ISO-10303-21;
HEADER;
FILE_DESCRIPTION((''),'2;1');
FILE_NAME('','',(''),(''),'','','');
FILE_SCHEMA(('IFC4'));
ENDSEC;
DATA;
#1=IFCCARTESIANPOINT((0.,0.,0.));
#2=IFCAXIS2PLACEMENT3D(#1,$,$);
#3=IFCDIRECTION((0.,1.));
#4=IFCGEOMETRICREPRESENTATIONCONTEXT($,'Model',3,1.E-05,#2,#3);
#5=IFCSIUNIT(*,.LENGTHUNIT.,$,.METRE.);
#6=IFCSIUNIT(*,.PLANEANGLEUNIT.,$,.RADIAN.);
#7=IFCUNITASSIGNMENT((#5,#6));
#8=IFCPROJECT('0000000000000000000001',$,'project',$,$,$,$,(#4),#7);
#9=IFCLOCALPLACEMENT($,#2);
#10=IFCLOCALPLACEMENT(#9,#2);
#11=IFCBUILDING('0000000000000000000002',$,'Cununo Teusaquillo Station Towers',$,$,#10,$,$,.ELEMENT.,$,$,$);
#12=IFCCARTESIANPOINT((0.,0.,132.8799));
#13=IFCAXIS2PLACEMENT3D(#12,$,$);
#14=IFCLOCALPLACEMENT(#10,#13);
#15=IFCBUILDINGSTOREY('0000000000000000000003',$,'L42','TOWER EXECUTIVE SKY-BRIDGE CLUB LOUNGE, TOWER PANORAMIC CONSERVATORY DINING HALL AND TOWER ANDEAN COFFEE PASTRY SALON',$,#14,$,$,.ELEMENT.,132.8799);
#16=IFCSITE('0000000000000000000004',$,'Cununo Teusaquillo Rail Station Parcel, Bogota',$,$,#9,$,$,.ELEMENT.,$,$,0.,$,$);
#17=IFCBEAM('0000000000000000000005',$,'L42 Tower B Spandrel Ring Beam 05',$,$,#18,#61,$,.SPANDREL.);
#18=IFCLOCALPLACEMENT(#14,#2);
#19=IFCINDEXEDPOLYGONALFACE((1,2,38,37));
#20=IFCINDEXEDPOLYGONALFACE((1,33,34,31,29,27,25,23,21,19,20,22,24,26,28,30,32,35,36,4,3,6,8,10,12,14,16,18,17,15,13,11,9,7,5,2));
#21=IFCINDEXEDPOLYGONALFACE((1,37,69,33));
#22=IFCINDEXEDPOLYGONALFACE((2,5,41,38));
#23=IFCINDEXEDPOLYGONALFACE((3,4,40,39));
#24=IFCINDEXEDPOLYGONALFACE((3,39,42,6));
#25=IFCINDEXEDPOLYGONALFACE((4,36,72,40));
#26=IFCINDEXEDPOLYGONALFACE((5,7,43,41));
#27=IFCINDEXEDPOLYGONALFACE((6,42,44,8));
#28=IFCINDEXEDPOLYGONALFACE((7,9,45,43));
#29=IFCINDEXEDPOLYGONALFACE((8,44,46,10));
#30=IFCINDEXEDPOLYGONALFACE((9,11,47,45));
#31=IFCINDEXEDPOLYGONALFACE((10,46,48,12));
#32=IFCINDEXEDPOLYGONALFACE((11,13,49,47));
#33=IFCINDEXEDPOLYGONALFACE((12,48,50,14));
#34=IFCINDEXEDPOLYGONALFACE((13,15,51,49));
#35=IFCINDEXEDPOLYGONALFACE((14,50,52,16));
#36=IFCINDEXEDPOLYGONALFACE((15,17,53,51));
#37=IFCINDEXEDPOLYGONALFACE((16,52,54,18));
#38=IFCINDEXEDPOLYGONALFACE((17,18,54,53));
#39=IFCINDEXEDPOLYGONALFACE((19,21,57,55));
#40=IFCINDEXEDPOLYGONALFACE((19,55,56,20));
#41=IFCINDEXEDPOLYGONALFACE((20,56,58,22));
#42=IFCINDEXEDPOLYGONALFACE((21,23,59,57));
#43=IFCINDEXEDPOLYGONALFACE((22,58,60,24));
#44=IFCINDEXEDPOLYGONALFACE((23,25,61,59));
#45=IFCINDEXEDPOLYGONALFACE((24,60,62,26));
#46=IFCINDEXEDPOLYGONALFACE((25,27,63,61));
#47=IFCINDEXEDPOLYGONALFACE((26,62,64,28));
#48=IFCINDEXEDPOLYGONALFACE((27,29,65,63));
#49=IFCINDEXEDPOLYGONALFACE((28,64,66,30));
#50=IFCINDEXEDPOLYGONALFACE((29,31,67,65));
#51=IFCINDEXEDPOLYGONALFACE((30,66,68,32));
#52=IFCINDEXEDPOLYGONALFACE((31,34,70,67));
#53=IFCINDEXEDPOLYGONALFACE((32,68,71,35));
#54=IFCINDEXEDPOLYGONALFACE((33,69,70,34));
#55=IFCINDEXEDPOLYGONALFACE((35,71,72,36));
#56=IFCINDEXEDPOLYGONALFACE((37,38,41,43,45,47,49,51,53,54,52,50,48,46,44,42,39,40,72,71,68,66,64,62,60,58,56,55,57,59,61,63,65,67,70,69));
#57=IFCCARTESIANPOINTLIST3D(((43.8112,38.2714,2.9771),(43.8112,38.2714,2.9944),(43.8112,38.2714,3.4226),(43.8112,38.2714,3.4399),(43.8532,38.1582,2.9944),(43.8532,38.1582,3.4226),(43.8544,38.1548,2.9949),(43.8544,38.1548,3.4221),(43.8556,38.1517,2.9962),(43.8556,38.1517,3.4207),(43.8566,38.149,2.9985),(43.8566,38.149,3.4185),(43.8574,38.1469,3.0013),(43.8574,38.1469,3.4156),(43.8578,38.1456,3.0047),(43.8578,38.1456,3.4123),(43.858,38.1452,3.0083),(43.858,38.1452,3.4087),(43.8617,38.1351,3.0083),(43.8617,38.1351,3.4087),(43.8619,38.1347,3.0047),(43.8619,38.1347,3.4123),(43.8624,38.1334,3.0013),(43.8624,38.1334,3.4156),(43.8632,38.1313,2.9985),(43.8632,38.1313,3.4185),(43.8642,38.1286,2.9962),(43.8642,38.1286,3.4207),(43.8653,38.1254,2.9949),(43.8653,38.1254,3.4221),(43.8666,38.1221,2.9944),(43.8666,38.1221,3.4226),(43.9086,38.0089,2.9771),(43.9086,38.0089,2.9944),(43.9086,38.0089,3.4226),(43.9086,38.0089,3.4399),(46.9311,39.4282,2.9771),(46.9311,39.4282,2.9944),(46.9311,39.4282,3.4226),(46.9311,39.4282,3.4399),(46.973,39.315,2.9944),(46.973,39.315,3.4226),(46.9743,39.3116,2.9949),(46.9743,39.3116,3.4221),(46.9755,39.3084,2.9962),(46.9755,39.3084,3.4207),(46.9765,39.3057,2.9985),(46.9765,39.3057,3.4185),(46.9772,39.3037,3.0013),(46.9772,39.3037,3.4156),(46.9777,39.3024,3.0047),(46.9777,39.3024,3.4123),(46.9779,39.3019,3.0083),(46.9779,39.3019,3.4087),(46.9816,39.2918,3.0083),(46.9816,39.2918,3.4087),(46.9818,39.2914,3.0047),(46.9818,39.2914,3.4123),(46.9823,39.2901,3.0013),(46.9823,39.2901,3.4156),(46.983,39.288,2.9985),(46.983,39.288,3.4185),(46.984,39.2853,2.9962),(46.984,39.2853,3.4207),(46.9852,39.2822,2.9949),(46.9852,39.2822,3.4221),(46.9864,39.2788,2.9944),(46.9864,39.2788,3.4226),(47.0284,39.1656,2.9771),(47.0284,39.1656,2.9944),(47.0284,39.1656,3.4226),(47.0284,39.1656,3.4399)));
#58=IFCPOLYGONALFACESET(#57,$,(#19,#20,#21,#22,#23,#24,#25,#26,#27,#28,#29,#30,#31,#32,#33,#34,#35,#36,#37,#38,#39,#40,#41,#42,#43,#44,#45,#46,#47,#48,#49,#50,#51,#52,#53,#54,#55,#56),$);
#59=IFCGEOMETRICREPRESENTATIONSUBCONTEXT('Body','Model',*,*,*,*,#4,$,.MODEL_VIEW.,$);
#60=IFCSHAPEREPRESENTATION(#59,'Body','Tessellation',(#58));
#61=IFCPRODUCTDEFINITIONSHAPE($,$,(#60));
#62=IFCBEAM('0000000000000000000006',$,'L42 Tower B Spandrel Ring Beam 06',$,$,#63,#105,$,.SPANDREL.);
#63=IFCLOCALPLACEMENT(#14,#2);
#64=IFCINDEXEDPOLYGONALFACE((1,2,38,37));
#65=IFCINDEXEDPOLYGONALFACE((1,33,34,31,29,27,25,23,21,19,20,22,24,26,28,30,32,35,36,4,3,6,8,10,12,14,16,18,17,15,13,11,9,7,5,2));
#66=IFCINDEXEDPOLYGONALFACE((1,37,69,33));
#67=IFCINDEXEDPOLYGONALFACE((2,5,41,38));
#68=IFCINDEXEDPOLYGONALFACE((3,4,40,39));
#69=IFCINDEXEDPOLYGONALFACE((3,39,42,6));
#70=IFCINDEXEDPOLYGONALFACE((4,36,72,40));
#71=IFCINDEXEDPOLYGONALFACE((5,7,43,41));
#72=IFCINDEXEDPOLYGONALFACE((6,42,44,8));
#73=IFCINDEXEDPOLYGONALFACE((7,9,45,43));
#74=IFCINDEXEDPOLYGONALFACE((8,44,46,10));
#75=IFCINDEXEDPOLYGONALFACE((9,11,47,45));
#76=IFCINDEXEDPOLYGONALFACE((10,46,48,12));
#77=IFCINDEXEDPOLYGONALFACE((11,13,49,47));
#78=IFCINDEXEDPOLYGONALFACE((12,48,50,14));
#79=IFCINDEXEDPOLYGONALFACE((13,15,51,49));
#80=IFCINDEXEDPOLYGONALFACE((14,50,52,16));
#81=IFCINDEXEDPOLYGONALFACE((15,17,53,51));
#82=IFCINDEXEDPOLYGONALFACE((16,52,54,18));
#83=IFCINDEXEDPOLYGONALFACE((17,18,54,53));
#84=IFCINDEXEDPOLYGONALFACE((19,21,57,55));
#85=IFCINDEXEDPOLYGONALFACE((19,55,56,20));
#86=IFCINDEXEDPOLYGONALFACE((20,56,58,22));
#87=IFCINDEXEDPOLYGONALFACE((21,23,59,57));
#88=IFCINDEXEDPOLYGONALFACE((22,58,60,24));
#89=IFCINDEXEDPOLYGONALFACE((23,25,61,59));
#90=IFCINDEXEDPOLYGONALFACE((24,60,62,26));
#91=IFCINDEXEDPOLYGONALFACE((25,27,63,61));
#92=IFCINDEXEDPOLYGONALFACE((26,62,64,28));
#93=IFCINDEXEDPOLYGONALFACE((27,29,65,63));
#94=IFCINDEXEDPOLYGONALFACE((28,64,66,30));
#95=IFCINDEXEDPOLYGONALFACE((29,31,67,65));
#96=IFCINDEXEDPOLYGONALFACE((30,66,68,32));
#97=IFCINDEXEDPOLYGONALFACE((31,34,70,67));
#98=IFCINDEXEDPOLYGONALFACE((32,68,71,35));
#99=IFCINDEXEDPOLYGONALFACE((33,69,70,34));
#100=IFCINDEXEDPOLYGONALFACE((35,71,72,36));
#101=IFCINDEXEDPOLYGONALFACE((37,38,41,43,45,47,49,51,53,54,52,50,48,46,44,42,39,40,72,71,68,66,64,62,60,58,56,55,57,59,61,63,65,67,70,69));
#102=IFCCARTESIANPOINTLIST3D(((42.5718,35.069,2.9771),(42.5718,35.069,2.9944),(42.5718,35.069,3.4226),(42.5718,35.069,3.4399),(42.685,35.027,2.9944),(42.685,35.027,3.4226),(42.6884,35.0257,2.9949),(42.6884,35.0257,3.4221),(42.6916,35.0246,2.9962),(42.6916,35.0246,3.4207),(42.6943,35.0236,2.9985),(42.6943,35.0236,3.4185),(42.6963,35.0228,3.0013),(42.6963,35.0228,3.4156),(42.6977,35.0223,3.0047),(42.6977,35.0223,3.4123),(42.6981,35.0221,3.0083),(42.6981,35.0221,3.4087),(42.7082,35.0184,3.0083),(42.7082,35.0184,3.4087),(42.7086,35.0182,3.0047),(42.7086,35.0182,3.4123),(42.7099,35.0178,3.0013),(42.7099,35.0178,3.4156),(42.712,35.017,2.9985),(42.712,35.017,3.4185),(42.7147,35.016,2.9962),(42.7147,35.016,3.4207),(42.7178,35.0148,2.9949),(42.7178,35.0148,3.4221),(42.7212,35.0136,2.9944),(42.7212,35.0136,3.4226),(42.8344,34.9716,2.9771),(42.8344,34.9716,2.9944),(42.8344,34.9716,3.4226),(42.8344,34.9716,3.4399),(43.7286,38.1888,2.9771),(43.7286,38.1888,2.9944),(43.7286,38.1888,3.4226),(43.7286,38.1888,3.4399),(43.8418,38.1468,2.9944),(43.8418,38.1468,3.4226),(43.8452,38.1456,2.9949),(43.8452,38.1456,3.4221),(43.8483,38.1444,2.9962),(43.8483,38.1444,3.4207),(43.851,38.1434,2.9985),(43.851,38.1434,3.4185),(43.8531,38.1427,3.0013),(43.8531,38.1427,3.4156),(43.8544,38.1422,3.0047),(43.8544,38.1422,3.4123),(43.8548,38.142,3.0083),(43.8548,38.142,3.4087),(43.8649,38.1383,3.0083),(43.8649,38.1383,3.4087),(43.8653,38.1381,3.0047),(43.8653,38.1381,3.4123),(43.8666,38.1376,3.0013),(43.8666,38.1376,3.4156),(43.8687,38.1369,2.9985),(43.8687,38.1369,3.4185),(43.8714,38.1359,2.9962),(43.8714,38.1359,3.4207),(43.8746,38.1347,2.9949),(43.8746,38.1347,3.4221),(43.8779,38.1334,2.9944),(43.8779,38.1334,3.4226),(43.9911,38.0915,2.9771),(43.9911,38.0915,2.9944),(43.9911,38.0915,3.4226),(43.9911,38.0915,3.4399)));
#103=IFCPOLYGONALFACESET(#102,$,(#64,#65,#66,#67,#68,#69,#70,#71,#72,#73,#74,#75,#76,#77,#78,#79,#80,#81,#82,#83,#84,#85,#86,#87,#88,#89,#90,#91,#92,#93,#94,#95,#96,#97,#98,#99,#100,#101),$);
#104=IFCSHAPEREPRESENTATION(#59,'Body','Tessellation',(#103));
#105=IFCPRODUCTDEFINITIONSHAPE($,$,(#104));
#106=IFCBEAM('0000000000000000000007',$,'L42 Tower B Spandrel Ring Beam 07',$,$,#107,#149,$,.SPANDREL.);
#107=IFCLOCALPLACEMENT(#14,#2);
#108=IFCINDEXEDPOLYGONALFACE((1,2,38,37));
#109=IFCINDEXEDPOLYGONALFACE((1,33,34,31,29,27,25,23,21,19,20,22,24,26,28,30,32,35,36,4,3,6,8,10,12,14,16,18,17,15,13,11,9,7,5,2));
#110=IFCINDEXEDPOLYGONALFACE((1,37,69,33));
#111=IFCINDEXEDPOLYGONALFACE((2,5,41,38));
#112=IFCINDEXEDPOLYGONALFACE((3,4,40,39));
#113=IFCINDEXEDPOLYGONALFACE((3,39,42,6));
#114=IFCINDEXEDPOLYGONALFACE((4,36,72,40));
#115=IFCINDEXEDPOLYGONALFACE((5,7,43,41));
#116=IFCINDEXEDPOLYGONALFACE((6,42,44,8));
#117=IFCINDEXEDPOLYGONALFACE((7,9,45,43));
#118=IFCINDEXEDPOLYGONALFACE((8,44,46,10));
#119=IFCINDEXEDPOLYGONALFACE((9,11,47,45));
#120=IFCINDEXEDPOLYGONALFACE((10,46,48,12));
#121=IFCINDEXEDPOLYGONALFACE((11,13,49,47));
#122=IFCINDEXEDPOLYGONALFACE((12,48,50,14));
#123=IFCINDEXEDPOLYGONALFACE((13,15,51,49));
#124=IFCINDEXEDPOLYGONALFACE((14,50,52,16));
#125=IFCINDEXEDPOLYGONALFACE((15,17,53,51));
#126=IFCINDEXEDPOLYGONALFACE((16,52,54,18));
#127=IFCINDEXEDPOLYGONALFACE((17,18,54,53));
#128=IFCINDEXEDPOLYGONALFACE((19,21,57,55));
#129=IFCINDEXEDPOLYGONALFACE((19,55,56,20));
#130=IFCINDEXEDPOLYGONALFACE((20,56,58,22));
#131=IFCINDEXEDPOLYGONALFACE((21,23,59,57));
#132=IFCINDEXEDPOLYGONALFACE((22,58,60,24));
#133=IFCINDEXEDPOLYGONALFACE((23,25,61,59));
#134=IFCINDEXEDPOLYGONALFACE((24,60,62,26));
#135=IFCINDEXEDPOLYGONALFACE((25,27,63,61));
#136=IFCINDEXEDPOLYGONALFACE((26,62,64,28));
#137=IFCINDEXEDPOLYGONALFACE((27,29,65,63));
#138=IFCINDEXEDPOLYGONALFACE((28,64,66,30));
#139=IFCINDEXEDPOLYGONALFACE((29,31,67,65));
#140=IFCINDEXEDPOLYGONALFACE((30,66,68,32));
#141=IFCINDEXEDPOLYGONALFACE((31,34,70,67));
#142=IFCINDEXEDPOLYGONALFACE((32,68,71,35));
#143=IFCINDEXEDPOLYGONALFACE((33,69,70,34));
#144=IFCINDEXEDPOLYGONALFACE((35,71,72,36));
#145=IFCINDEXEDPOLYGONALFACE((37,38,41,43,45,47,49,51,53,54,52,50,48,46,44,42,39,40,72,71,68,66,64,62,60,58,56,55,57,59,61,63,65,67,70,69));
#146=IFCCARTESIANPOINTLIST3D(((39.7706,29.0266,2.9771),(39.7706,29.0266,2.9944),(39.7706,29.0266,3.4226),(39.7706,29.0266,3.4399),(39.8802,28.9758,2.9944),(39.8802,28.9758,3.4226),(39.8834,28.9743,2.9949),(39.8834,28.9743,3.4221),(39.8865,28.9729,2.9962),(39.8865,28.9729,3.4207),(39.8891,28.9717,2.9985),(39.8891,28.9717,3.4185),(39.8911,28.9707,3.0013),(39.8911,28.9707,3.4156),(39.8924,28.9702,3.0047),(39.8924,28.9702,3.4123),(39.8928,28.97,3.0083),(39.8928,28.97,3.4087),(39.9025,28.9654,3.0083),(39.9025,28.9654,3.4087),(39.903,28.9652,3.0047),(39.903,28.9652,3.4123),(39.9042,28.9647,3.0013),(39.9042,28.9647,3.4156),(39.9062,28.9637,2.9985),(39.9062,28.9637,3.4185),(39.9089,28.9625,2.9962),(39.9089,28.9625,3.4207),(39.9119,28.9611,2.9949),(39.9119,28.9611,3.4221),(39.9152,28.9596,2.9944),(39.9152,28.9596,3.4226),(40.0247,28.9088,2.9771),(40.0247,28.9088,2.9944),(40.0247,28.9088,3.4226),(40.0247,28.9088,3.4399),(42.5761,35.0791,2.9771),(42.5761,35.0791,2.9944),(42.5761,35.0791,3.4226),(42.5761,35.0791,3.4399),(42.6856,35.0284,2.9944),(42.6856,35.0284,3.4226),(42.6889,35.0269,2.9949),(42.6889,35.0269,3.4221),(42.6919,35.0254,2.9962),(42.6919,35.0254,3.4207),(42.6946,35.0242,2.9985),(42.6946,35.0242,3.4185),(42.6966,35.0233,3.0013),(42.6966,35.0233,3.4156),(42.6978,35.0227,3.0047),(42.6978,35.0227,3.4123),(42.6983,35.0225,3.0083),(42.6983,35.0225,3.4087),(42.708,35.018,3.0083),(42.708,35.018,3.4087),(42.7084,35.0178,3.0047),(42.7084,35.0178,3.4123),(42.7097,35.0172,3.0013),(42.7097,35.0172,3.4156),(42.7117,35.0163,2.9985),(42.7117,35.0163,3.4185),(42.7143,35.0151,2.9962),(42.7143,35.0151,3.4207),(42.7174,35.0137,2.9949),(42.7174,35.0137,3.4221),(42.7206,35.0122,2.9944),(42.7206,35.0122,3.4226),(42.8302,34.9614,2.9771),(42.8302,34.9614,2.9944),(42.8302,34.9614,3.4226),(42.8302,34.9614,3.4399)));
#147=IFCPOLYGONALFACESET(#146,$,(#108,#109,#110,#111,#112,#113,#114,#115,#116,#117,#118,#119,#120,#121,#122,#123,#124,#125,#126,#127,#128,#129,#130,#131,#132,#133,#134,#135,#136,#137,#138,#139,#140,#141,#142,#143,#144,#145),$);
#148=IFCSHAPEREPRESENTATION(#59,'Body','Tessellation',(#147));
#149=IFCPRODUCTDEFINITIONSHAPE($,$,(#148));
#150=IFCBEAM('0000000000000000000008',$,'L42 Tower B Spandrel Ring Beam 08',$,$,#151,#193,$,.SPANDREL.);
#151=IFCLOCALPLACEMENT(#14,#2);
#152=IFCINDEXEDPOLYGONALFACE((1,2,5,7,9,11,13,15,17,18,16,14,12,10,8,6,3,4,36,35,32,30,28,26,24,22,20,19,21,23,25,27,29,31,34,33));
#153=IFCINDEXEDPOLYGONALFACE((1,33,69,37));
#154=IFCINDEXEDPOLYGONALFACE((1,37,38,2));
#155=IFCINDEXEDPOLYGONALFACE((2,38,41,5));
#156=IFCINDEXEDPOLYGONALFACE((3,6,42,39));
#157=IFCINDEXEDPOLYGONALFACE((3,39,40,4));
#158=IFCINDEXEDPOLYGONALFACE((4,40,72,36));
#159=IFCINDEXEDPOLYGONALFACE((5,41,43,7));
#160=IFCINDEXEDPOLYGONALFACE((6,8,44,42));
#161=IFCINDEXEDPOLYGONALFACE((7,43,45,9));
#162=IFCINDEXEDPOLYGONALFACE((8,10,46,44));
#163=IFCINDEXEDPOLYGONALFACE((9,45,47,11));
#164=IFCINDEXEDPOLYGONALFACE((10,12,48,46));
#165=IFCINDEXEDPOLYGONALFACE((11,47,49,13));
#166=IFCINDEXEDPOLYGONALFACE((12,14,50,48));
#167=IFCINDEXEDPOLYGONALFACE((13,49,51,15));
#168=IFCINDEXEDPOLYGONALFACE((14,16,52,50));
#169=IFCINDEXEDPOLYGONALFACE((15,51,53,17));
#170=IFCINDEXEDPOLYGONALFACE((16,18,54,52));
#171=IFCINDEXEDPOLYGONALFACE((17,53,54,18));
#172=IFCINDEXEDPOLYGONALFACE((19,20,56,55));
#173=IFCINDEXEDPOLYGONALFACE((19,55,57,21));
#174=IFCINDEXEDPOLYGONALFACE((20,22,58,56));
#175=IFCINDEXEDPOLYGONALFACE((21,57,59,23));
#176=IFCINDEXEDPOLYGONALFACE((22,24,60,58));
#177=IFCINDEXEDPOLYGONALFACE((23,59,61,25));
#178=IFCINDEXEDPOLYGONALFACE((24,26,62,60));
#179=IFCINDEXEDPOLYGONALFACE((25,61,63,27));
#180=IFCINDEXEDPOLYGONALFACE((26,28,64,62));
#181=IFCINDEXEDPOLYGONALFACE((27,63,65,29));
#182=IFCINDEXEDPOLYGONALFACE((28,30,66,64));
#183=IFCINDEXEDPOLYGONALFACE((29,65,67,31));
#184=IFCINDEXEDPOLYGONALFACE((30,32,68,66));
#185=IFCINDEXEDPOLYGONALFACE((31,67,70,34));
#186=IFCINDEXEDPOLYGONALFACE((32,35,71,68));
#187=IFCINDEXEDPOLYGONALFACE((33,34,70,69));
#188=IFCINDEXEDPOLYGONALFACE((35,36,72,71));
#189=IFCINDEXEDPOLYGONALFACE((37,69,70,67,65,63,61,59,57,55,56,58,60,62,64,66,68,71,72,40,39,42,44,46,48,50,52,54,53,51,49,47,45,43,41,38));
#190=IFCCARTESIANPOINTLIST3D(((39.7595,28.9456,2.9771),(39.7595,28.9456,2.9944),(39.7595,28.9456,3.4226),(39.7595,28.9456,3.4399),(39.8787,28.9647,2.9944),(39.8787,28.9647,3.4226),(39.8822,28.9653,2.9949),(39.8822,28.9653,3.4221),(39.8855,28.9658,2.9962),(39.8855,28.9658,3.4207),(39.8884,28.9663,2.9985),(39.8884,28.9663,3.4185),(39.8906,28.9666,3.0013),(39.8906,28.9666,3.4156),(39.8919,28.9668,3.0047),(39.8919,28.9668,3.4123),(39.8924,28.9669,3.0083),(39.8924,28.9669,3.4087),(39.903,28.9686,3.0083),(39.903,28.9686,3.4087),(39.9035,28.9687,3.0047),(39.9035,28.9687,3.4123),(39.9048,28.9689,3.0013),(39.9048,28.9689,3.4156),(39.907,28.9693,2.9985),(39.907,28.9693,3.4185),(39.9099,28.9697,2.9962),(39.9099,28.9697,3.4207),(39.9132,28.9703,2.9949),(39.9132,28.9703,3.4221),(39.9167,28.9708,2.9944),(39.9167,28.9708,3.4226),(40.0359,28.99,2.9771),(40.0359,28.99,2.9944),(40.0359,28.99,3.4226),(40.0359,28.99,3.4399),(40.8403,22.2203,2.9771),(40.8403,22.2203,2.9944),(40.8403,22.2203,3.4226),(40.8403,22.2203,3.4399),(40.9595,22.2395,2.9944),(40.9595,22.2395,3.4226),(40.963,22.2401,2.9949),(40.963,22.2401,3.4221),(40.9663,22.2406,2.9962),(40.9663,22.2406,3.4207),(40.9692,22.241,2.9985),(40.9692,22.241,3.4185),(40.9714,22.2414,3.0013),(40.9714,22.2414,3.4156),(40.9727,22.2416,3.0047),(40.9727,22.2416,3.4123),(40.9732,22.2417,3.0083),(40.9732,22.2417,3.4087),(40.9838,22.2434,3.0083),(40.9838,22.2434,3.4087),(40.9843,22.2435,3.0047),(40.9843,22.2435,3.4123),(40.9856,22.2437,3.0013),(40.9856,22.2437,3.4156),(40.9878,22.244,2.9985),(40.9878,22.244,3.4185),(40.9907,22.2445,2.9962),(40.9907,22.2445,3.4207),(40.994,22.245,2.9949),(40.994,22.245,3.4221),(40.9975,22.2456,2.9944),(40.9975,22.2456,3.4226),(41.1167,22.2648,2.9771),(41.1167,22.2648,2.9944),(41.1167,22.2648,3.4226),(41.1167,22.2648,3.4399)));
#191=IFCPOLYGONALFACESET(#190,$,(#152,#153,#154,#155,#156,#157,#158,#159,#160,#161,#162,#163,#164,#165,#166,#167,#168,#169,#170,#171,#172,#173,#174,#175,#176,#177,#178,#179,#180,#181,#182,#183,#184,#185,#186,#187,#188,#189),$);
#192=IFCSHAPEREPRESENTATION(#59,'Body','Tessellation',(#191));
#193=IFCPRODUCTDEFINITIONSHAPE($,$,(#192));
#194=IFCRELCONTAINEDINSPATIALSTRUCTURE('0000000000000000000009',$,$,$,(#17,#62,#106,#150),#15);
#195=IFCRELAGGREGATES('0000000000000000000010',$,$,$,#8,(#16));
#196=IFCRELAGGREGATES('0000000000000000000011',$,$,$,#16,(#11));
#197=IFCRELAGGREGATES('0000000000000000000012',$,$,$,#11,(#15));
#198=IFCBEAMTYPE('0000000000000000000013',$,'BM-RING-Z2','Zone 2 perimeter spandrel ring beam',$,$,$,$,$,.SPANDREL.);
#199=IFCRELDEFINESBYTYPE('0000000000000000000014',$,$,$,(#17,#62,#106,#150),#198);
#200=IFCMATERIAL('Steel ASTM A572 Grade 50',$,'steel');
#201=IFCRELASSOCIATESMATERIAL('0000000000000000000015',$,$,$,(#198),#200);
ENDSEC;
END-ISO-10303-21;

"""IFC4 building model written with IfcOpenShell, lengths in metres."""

from ifc_helpers import new_model, si_unit, direction, frame, origin, origin_2d, place, context, subcontext, project, spatial, i_section, extrude, material, material_profile, profile_set, type_object, element, save


model = new_model("IFC4")

# Units and contexts
model_context = context("Model", 3, precision=1e-05, world=origin(), true_north=direction((0.0, 1.0)))
body_context = subcontext(model_context, "Body", "Model", "MODEL_VIEW")
ifc_project = project(units=[si_unit("LENGTHUNIT", "METRE"), si_unit("PLANEANGLEUNIT", "RADIAN")], contexts=[model_context])

# Site, building, storey
site_placement = place(None, origin())
site = spatial("IfcSite", under=ifc_project, at=site_placement, Name="Cununo Teusaquillo Rail Station Parcel, Bogota", CompositionType="ELEMENT", RefElevation=0.0)
building_placement = place(site_placement, origin())
building = spatial("IfcBuilding", under=site, at=building_placement, Name="Cununo Teusaquillo Station Towers", CompositionType="ELEMENT")
storey_placement = place(building_placement, frame((0.0, 0.0, 132.8799)))
storey = spatial("IfcBuildingStorey", under=building, at=storey_placement, Name="L42", Description="TOWER EXECUTIVE SKY-BRIDGE CLUB LOUNGE, TOWER PANORAMIC CONSERVATORY DINING HALL AND TOWER ANDEAN COFFEE PASTRY SALON", CompositionType="ELEMENT", Elevation=132.8799)

# Beams
ifc_material_1 = material(Name="Steel ASTM A572 Grade 50", Category="steel")
ifc_material_profile_1 = material_profile(ifc_material_1, i_section(OverallWidth=0.28, OverallDepth=0.4629, WebThickness=0.0107, FlangeThickness=0.0173, FilletRadius=0.0139, at=origin_2d()), Name="W18X76")
ifc_profile_set_1 = profile_set([ifc_material_profile_1], Name="Steel ASTM A572 Grade 50")
beam_type_1 = type_object("IfcBeamType", Name="BM-RING-Z2", Description="Zone 2 perimeter spandrel ring beam", PredefinedType="SPANDREL", material=ifc_profile_set_1)
for number, where, z_axis, x_axis, name in (
    (1, (46.9797, 39.2969, 3.2085), (-0.937628, -0.347639, 0.0), (0.347639, -0.937628, 0.0), "L42 Tower B Spandrel Ring Beam 05"),
    (2, (43.8599, 38.1401, 3.2085), (-0.347639, -0.937628, 0.0), (0.937628, -0.347639, 0.0), "L42 Tower B Spandrel Ring Beam 06"),
):
    element("IfcBeam", number, at=place(storey_placement, frame(where, z_axis=z_axis, x_axis=x_axis)), inside=storey, type_object=beam_type_1, Name=name, PredefinedType="SPANDREL", context=body_context, shape_type="SweptSolid", body=[
        extrude(i_section(OverallWidth=0.28, OverallDepth=0.4629, WebThickness=0.0107, FlangeThickness=0.0173, FilletRadius=0.0139, at=origin_2d()), origin(), (0.0, 0.0, 1.0), 3.3274),
    ])
beam_1_placement = place(storey_placement, frame((42.7031, 35.0203, 3.2085), z_axis=(-0.420536, -0.907276, 0.0), x_axis=(0.907276, -0.420536, 0.0)))
element("IfcBeam", 3, at=beam_1_placement, inside=storey, type_object=beam_type_1, Name="L42 Tower B Spandrel Ring Beam 07", PredefinedType="SPANDREL", context=body_context, shape_type="SweptSolid", body=[
    extrude(i_section(OverallWidth=0.28, OverallDepth=0.4629, WebThickness=0.0107, FlangeThickness=0.0173, FilletRadius=0.0139, at=origin_2d()), origin(), (0.0, 0.0, 1.0), 6.6711),
])
beam_2_placement = place(storey_placement, frame((39.8977, 28.9678, 3.2085), z_axis=(0.158671, -0.987331, 0.0), x_axis=(0.987331, 0.158671, 0.0)))
element("IfcBeam", 4, at=beam_2_placement, inside=storey, type_object=beam_type_1, Name="L42 Tower B Spandrel Ring Beam 08", PredefinedType="SPANDREL", context=body_context, shape_type="SweptSolid", body=[
    extrude(i_section(OverallWidth=0.28, OverallDepth=0.4629, WebThickness=0.0107, FlangeThickness=0.0173, FilletRadius=0.0139, at=origin_2d()), origin(), (0.0, 0.0, 1.0), 6.8115),
])

save(model, "model.ifc")
